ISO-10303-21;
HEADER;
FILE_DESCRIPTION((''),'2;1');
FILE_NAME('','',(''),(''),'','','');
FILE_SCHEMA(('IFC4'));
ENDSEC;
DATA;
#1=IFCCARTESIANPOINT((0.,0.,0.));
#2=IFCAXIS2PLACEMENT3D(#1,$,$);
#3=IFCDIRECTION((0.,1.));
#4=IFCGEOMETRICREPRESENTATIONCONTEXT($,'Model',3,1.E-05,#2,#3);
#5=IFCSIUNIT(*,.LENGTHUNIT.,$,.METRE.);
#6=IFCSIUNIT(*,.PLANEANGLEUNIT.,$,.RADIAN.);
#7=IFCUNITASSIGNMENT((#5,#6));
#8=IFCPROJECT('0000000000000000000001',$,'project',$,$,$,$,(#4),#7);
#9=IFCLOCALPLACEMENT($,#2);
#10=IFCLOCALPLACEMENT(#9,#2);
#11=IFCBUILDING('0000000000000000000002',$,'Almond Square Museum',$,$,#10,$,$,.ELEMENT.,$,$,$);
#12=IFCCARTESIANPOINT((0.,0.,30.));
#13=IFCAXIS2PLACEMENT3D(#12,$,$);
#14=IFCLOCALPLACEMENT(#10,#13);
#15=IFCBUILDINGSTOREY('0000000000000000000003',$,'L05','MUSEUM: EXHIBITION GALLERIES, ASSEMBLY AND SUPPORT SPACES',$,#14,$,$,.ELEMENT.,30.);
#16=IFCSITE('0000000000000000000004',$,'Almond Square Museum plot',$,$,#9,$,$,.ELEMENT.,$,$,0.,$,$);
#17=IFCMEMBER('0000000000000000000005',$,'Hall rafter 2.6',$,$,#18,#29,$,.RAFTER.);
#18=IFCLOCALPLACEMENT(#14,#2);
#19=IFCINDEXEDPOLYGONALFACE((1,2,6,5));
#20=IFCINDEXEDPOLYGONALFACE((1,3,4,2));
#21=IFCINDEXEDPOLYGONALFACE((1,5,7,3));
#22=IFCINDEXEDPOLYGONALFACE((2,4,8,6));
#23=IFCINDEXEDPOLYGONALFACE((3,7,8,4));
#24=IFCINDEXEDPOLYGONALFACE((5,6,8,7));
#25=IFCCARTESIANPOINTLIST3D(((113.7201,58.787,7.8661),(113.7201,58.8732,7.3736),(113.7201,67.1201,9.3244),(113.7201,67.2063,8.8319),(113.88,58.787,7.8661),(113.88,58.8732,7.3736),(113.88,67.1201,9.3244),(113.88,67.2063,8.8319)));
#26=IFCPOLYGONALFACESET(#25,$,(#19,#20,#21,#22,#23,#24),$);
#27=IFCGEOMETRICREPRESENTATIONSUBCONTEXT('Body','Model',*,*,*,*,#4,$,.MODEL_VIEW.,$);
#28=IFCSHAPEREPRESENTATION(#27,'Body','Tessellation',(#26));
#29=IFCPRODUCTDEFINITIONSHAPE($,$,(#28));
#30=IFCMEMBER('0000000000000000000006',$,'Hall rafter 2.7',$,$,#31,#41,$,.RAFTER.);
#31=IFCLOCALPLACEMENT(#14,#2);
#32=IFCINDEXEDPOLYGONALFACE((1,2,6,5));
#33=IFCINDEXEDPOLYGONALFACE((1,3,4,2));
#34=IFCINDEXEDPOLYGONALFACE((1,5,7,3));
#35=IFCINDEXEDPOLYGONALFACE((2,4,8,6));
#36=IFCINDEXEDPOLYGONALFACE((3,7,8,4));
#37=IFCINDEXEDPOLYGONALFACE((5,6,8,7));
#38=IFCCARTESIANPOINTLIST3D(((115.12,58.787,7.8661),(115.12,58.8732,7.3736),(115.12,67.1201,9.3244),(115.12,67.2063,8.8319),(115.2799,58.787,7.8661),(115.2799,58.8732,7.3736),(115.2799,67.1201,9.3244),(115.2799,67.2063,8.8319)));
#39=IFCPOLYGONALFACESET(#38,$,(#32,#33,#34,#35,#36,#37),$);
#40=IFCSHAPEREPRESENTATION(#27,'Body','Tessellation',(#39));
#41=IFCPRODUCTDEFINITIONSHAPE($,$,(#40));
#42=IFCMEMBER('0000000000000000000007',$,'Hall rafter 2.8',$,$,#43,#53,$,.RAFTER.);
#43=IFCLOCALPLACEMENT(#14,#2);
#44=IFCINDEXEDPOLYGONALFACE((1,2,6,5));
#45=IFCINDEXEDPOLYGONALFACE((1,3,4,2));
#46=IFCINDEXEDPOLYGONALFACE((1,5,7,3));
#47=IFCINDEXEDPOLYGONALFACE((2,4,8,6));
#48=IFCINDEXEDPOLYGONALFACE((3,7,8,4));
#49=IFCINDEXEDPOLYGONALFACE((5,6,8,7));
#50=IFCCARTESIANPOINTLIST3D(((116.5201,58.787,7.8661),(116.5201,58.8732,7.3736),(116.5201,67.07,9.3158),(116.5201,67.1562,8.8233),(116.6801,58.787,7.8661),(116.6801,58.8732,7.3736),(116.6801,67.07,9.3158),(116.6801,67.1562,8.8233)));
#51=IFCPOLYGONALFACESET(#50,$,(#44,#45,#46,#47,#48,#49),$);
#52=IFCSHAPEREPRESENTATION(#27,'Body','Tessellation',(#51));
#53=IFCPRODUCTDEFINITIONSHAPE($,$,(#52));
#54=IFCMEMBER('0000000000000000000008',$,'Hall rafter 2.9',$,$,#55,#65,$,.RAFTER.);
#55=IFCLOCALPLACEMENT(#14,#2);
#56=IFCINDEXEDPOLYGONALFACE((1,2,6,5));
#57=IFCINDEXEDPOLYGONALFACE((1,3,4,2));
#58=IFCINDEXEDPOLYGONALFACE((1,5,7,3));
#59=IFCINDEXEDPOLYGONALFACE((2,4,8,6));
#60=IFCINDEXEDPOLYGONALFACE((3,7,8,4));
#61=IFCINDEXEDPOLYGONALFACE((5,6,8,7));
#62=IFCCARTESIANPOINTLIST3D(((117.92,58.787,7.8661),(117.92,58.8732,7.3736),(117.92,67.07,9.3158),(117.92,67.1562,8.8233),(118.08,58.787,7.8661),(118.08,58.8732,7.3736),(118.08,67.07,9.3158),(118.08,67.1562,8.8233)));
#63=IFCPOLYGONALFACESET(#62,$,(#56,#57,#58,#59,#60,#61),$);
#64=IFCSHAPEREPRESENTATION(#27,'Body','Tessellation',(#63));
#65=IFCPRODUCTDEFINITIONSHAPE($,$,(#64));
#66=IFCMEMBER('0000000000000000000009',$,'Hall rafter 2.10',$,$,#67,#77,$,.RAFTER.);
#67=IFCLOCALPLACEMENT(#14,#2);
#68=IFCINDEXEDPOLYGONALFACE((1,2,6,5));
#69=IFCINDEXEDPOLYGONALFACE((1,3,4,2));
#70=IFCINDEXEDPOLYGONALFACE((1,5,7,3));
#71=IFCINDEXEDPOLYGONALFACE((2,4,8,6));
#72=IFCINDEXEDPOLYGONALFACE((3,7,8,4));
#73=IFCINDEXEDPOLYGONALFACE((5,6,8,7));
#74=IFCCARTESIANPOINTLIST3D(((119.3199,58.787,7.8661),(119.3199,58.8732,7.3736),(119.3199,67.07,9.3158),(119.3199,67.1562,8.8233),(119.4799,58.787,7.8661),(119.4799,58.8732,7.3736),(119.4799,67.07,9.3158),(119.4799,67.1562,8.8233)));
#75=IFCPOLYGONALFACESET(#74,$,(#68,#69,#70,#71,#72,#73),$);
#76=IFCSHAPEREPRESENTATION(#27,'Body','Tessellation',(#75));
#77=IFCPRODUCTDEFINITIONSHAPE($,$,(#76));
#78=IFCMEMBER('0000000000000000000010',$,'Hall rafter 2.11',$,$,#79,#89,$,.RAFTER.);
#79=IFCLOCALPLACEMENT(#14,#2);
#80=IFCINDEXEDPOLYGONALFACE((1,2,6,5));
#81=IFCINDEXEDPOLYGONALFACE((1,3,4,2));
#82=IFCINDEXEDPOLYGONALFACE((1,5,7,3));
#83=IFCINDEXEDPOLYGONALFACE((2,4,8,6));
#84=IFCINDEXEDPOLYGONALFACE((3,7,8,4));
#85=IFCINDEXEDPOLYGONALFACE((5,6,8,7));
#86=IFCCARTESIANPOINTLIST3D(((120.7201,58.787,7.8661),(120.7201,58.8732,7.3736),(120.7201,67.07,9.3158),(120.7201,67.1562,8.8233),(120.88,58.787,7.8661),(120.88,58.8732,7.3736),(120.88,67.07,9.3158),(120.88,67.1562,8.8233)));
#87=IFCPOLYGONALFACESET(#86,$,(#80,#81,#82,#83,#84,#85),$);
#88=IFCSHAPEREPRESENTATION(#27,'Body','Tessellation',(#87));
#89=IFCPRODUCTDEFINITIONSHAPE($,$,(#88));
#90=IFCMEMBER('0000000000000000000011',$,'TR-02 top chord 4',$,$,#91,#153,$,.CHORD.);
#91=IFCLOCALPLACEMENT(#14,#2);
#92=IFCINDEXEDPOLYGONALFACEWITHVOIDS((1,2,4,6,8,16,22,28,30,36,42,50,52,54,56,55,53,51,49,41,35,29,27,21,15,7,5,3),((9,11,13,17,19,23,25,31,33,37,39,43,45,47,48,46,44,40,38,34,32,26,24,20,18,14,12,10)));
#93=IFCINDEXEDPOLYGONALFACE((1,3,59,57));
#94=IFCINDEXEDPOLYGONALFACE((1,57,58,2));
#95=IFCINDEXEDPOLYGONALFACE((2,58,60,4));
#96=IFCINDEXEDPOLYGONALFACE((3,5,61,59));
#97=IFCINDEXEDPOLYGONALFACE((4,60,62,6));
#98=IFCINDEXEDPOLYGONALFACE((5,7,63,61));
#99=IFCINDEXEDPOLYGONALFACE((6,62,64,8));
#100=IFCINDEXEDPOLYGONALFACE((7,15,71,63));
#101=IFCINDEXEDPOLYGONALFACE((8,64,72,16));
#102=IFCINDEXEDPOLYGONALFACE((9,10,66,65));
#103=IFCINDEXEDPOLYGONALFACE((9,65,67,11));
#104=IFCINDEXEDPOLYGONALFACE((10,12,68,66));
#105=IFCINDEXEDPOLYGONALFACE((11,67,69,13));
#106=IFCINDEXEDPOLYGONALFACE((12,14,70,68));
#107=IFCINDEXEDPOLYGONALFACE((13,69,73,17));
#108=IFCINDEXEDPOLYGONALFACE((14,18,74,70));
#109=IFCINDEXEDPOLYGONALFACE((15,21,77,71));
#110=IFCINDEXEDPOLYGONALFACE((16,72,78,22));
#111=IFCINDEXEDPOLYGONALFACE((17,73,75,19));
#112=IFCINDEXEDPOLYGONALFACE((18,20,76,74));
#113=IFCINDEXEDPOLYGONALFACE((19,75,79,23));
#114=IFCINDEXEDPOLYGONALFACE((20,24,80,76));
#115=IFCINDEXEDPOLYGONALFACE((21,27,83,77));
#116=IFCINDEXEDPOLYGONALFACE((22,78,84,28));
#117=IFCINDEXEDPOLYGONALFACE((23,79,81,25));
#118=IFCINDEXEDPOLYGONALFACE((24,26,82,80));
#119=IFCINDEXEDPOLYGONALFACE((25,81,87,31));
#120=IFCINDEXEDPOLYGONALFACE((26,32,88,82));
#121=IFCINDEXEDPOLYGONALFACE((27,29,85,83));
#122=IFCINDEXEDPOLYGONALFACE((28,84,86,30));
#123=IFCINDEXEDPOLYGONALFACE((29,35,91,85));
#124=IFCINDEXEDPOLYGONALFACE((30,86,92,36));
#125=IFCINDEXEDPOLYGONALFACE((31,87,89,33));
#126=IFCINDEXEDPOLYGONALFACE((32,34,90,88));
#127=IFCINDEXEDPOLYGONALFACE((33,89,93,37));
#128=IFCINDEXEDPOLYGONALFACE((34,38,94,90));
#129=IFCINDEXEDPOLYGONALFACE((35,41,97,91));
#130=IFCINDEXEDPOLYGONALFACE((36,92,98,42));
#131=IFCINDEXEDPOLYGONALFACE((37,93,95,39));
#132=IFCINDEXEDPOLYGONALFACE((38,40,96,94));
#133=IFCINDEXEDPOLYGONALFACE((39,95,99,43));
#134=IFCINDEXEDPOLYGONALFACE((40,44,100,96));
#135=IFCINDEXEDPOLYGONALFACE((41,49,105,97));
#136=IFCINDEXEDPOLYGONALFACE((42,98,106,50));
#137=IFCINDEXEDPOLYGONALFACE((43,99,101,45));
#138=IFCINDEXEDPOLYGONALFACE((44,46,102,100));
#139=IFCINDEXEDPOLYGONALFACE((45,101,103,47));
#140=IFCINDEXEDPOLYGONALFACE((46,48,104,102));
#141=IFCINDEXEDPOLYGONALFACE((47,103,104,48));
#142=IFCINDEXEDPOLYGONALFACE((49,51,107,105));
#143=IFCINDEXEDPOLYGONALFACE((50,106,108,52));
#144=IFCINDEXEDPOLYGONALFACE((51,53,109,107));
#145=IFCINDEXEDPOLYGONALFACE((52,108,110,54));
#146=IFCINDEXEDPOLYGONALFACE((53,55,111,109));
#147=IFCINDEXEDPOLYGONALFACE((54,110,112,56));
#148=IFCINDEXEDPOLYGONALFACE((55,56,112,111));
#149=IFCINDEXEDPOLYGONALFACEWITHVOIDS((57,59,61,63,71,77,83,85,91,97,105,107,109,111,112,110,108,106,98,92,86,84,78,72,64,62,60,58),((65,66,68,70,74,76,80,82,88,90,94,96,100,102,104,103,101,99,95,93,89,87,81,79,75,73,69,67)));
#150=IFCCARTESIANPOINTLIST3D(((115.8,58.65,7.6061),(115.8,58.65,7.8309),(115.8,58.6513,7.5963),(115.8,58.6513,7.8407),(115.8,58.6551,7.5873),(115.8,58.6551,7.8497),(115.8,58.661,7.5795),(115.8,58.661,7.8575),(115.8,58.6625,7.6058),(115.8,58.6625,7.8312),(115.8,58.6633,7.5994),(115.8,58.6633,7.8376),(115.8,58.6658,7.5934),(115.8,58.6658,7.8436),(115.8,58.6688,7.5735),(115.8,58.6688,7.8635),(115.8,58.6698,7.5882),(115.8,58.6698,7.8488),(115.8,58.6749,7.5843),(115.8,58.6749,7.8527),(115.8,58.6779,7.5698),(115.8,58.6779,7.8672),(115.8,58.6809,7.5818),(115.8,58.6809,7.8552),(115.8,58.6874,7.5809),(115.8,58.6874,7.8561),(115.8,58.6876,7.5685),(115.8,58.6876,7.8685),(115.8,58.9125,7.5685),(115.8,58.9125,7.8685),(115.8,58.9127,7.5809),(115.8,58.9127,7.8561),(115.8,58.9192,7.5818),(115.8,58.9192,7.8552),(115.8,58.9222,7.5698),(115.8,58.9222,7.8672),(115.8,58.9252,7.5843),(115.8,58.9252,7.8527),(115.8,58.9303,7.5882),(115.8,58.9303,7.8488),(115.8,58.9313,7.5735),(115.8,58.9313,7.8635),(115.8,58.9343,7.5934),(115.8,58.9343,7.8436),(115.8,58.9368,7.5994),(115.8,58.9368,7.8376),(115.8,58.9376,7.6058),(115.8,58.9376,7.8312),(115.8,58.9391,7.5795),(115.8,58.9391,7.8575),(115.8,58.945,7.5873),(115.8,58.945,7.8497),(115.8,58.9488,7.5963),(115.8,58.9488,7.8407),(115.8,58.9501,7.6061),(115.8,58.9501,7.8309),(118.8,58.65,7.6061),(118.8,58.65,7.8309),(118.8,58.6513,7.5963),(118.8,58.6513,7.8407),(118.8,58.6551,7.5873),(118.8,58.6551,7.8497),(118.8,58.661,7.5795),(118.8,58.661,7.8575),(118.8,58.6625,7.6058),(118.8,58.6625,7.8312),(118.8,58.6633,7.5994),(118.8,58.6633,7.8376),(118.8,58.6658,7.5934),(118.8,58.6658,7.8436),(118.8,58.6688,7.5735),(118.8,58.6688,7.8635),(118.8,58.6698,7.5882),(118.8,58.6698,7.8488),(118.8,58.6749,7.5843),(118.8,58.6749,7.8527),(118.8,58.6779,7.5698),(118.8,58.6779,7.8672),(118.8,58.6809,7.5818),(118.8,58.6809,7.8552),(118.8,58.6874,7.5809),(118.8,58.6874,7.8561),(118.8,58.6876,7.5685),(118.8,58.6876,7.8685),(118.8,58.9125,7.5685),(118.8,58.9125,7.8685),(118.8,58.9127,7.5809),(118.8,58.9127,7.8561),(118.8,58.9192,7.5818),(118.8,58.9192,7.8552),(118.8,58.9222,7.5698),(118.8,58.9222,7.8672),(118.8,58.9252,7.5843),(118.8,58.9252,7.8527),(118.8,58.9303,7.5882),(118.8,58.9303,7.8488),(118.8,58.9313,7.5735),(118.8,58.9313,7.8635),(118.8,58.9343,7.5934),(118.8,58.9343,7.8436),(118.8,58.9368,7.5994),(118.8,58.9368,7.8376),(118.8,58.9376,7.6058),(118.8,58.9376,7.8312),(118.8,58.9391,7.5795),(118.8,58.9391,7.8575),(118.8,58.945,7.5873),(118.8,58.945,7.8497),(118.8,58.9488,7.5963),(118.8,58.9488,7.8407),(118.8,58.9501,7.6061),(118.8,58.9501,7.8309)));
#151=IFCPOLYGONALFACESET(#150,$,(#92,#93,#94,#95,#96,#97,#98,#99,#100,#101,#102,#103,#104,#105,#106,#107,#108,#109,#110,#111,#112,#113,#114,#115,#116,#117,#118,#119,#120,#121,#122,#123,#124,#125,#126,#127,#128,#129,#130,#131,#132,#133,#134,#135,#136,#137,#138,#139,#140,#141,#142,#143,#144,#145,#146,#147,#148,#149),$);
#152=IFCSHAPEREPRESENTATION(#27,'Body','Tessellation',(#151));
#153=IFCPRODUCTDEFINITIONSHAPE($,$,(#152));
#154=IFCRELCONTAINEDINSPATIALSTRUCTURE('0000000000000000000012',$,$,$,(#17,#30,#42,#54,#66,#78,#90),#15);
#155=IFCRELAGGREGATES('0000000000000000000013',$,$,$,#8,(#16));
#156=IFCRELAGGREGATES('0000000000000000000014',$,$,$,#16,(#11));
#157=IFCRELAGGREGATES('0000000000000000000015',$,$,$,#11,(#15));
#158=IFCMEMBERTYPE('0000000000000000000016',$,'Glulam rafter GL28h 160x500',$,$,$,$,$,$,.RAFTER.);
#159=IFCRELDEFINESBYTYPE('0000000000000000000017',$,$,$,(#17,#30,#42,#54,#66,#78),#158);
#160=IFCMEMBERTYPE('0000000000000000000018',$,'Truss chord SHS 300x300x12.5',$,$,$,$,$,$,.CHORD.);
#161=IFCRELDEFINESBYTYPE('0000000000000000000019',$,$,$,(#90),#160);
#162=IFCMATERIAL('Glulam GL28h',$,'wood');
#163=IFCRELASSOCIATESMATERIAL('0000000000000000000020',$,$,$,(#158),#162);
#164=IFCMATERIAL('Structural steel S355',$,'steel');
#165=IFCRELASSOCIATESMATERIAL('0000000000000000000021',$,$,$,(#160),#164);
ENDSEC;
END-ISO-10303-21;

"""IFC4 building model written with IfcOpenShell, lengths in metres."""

from ifc_helpers import new_model, si_unit, direction, frame, origin, origin_2d, place, context, subcontext, project, spatial, rectangle, hollow_rectangle, extrude, material, material_profile, profile_set, type_object, element, save


model = new_model("IFC4")

# Units and contexts
model_context = context("Model", 3, precision=1e-05, world=origin(), true_north=direction((0.0, 1.0)))
body_context = subcontext(model_context, "Body", "Model", "MODEL_VIEW")
ifc_project = project(units=[si_unit("LENGTHUNIT", "METRE"), si_unit("PLANEANGLEUNIT", "RADIAN")], contexts=[model_context])

# Site, building, storey
site_placement = place(None, origin())
site = spatial("IfcSite", under=ifc_project, at=site_placement, Name="Almond Square Museum plot", CompositionType="ELEMENT", RefElevation=0.0)
building_placement = place(site_placement, origin())
building = spatial("IfcBuilding", under=site, at=building_placement, Name="Almond Square Museum", CompositionType="ELEMENT")
storey_placement = place(building_placement, frame((0.0, 0.0, 30.0)))
storey = spatial("IfcBuildingStorey", under=building, at=storey_placement, Name="L05", Description="MUSEUM: EXHIBITION GALLERIES, ASSEMBLY AND SUPPORT SPACES", CompositionType="ELEMENT", Elevation=30.0)

# Members
ifc_material_1 = material(Name="Glulam GL28h", Category="wood")
ifc_material_profile_1 = material_profile(ifc_material_1, rectangle(XDim=0.1599, YDim=0.5, at=origin_2d()))
ifc_profile_set_1 = profile_set([ifc_material_profile_1], Name="Glulam GL28h")
member_type_1 = type_object("IfcMemberType", Name="Glulam rafter GL28h 160x500", PredefinedType="RAFTER", material=ifc_profile_set_1)
for number, where, z_axis, x_axis, name in (
    (1, (113.8, 58.8301, 7.6199), (0.0, 0.985031, 0.172378), (-1.0, 0.0, 0.0), "Hall rafter 2.6"),
    (2, (115.2, 58.8301, 7.6199), (0.0, 0.985031, 0.172378), (-1.0, 0.0, 0.0), "Hall rafter 2.7"),
):
    element("IfcMember", number, at=place(storey_placement, frame(where, z_axis=z_axis, x_axis=x_axis)), inside=storey, type_object=member_type_1, Name=name, PredefinedType="RAFTER", context=body_context, shape_type="SweptSolid", body=[
        extrude(rectangle(XDim=0.1599, YDim=0.5, at=origin_2d()), origin(), (0.0, 0.0, 1.0), 8.4597),
    ])
for number, where, z_axis, x_axis, name in (
    (3, (116.6001, 58.8301, 7.6199), (0.0, 0.985027, 0.172402), (-1.0, 0.0, 0.0), "Hall rafter 2.8"),
    (4, (118.0, 58.8301, 7.6199), (0.0, 0.985027, 0.172402), (-1.0, 0.0, 0.0), "Hall rafter 2.9"),
    (5, (119.3999, 58.8301, 7.6199), (0.0, 0.985027, 0.172402), (-1.0, 0.0, 0.0), "Hall rafter 2.10"),
    (6, (120.8, 58.8301, 7.6199), (0.0, 0.985027, 0.172402), (-1.0, 0.0, 0.0), "Hall rafter 2.11"),
):
    element("IfcMember", number, at=place(storey_placement, frame(where, z_axis=z_axis, x_axis=x_axis)), inside=storey, type_object=member_type_1, Name=name, PredefinedType="RAFTER", context=body_context, shape_type="SweptSolid", body=[
        extrude(rectangle(XDim=0.1599, YDim=0.5, at=origin_2d()), origin(), (0.0, 0.0, 1.0), 8.4089),
    ])
ifc_material_2 = material(Name="Structural steel S355", Category="steel")
ifc_material_profile_2 = material_profile(ifc_material_2, hollow_rectangle(XDim=0.3, YDim=0.3, WallThickness=0.0125, InnerFilletRadius=0.0249, OuterFilletRadius=0.0376, at=origin_2d()))
ifc_profile_set_2 = profile_set([ifc_material_profile_2], Name="Structural steel S355")
member_type_2 = type_object("IfcMemberType", Name="Truss chord SHS 300x300x12.5", PredefinedType="CHORD", material=ifc_profile_set_2)
for number, where, z_axis, x_axis, name in (
    (7, (115.8, 58.8, 7.7185), (1.0, 0.0, 0.0), (0.0, 1.0, 0.0), "TR-02 top chord 4"),
):
    element("IfcMember", number, at=place(storey_placement, frame(where, z_axis=z_axis, x_axis=x_axis)), inside=storey, type_object=member_type_2, Name=name, PredefinedType="CHORD", context=body_context, shape_type="SweptSolid", body=[
        extrude(hollow_rectangle(XDim=0.3, YDim=0.3, WallThickness=0.0125, InnerFilletRadius=0.0249, OuterFilletRadius=0.0376, at=origin_2d()), origin(), (0.0, 0.0, 1.0), 3.0),
    ])

save(model, "model.ifc")
